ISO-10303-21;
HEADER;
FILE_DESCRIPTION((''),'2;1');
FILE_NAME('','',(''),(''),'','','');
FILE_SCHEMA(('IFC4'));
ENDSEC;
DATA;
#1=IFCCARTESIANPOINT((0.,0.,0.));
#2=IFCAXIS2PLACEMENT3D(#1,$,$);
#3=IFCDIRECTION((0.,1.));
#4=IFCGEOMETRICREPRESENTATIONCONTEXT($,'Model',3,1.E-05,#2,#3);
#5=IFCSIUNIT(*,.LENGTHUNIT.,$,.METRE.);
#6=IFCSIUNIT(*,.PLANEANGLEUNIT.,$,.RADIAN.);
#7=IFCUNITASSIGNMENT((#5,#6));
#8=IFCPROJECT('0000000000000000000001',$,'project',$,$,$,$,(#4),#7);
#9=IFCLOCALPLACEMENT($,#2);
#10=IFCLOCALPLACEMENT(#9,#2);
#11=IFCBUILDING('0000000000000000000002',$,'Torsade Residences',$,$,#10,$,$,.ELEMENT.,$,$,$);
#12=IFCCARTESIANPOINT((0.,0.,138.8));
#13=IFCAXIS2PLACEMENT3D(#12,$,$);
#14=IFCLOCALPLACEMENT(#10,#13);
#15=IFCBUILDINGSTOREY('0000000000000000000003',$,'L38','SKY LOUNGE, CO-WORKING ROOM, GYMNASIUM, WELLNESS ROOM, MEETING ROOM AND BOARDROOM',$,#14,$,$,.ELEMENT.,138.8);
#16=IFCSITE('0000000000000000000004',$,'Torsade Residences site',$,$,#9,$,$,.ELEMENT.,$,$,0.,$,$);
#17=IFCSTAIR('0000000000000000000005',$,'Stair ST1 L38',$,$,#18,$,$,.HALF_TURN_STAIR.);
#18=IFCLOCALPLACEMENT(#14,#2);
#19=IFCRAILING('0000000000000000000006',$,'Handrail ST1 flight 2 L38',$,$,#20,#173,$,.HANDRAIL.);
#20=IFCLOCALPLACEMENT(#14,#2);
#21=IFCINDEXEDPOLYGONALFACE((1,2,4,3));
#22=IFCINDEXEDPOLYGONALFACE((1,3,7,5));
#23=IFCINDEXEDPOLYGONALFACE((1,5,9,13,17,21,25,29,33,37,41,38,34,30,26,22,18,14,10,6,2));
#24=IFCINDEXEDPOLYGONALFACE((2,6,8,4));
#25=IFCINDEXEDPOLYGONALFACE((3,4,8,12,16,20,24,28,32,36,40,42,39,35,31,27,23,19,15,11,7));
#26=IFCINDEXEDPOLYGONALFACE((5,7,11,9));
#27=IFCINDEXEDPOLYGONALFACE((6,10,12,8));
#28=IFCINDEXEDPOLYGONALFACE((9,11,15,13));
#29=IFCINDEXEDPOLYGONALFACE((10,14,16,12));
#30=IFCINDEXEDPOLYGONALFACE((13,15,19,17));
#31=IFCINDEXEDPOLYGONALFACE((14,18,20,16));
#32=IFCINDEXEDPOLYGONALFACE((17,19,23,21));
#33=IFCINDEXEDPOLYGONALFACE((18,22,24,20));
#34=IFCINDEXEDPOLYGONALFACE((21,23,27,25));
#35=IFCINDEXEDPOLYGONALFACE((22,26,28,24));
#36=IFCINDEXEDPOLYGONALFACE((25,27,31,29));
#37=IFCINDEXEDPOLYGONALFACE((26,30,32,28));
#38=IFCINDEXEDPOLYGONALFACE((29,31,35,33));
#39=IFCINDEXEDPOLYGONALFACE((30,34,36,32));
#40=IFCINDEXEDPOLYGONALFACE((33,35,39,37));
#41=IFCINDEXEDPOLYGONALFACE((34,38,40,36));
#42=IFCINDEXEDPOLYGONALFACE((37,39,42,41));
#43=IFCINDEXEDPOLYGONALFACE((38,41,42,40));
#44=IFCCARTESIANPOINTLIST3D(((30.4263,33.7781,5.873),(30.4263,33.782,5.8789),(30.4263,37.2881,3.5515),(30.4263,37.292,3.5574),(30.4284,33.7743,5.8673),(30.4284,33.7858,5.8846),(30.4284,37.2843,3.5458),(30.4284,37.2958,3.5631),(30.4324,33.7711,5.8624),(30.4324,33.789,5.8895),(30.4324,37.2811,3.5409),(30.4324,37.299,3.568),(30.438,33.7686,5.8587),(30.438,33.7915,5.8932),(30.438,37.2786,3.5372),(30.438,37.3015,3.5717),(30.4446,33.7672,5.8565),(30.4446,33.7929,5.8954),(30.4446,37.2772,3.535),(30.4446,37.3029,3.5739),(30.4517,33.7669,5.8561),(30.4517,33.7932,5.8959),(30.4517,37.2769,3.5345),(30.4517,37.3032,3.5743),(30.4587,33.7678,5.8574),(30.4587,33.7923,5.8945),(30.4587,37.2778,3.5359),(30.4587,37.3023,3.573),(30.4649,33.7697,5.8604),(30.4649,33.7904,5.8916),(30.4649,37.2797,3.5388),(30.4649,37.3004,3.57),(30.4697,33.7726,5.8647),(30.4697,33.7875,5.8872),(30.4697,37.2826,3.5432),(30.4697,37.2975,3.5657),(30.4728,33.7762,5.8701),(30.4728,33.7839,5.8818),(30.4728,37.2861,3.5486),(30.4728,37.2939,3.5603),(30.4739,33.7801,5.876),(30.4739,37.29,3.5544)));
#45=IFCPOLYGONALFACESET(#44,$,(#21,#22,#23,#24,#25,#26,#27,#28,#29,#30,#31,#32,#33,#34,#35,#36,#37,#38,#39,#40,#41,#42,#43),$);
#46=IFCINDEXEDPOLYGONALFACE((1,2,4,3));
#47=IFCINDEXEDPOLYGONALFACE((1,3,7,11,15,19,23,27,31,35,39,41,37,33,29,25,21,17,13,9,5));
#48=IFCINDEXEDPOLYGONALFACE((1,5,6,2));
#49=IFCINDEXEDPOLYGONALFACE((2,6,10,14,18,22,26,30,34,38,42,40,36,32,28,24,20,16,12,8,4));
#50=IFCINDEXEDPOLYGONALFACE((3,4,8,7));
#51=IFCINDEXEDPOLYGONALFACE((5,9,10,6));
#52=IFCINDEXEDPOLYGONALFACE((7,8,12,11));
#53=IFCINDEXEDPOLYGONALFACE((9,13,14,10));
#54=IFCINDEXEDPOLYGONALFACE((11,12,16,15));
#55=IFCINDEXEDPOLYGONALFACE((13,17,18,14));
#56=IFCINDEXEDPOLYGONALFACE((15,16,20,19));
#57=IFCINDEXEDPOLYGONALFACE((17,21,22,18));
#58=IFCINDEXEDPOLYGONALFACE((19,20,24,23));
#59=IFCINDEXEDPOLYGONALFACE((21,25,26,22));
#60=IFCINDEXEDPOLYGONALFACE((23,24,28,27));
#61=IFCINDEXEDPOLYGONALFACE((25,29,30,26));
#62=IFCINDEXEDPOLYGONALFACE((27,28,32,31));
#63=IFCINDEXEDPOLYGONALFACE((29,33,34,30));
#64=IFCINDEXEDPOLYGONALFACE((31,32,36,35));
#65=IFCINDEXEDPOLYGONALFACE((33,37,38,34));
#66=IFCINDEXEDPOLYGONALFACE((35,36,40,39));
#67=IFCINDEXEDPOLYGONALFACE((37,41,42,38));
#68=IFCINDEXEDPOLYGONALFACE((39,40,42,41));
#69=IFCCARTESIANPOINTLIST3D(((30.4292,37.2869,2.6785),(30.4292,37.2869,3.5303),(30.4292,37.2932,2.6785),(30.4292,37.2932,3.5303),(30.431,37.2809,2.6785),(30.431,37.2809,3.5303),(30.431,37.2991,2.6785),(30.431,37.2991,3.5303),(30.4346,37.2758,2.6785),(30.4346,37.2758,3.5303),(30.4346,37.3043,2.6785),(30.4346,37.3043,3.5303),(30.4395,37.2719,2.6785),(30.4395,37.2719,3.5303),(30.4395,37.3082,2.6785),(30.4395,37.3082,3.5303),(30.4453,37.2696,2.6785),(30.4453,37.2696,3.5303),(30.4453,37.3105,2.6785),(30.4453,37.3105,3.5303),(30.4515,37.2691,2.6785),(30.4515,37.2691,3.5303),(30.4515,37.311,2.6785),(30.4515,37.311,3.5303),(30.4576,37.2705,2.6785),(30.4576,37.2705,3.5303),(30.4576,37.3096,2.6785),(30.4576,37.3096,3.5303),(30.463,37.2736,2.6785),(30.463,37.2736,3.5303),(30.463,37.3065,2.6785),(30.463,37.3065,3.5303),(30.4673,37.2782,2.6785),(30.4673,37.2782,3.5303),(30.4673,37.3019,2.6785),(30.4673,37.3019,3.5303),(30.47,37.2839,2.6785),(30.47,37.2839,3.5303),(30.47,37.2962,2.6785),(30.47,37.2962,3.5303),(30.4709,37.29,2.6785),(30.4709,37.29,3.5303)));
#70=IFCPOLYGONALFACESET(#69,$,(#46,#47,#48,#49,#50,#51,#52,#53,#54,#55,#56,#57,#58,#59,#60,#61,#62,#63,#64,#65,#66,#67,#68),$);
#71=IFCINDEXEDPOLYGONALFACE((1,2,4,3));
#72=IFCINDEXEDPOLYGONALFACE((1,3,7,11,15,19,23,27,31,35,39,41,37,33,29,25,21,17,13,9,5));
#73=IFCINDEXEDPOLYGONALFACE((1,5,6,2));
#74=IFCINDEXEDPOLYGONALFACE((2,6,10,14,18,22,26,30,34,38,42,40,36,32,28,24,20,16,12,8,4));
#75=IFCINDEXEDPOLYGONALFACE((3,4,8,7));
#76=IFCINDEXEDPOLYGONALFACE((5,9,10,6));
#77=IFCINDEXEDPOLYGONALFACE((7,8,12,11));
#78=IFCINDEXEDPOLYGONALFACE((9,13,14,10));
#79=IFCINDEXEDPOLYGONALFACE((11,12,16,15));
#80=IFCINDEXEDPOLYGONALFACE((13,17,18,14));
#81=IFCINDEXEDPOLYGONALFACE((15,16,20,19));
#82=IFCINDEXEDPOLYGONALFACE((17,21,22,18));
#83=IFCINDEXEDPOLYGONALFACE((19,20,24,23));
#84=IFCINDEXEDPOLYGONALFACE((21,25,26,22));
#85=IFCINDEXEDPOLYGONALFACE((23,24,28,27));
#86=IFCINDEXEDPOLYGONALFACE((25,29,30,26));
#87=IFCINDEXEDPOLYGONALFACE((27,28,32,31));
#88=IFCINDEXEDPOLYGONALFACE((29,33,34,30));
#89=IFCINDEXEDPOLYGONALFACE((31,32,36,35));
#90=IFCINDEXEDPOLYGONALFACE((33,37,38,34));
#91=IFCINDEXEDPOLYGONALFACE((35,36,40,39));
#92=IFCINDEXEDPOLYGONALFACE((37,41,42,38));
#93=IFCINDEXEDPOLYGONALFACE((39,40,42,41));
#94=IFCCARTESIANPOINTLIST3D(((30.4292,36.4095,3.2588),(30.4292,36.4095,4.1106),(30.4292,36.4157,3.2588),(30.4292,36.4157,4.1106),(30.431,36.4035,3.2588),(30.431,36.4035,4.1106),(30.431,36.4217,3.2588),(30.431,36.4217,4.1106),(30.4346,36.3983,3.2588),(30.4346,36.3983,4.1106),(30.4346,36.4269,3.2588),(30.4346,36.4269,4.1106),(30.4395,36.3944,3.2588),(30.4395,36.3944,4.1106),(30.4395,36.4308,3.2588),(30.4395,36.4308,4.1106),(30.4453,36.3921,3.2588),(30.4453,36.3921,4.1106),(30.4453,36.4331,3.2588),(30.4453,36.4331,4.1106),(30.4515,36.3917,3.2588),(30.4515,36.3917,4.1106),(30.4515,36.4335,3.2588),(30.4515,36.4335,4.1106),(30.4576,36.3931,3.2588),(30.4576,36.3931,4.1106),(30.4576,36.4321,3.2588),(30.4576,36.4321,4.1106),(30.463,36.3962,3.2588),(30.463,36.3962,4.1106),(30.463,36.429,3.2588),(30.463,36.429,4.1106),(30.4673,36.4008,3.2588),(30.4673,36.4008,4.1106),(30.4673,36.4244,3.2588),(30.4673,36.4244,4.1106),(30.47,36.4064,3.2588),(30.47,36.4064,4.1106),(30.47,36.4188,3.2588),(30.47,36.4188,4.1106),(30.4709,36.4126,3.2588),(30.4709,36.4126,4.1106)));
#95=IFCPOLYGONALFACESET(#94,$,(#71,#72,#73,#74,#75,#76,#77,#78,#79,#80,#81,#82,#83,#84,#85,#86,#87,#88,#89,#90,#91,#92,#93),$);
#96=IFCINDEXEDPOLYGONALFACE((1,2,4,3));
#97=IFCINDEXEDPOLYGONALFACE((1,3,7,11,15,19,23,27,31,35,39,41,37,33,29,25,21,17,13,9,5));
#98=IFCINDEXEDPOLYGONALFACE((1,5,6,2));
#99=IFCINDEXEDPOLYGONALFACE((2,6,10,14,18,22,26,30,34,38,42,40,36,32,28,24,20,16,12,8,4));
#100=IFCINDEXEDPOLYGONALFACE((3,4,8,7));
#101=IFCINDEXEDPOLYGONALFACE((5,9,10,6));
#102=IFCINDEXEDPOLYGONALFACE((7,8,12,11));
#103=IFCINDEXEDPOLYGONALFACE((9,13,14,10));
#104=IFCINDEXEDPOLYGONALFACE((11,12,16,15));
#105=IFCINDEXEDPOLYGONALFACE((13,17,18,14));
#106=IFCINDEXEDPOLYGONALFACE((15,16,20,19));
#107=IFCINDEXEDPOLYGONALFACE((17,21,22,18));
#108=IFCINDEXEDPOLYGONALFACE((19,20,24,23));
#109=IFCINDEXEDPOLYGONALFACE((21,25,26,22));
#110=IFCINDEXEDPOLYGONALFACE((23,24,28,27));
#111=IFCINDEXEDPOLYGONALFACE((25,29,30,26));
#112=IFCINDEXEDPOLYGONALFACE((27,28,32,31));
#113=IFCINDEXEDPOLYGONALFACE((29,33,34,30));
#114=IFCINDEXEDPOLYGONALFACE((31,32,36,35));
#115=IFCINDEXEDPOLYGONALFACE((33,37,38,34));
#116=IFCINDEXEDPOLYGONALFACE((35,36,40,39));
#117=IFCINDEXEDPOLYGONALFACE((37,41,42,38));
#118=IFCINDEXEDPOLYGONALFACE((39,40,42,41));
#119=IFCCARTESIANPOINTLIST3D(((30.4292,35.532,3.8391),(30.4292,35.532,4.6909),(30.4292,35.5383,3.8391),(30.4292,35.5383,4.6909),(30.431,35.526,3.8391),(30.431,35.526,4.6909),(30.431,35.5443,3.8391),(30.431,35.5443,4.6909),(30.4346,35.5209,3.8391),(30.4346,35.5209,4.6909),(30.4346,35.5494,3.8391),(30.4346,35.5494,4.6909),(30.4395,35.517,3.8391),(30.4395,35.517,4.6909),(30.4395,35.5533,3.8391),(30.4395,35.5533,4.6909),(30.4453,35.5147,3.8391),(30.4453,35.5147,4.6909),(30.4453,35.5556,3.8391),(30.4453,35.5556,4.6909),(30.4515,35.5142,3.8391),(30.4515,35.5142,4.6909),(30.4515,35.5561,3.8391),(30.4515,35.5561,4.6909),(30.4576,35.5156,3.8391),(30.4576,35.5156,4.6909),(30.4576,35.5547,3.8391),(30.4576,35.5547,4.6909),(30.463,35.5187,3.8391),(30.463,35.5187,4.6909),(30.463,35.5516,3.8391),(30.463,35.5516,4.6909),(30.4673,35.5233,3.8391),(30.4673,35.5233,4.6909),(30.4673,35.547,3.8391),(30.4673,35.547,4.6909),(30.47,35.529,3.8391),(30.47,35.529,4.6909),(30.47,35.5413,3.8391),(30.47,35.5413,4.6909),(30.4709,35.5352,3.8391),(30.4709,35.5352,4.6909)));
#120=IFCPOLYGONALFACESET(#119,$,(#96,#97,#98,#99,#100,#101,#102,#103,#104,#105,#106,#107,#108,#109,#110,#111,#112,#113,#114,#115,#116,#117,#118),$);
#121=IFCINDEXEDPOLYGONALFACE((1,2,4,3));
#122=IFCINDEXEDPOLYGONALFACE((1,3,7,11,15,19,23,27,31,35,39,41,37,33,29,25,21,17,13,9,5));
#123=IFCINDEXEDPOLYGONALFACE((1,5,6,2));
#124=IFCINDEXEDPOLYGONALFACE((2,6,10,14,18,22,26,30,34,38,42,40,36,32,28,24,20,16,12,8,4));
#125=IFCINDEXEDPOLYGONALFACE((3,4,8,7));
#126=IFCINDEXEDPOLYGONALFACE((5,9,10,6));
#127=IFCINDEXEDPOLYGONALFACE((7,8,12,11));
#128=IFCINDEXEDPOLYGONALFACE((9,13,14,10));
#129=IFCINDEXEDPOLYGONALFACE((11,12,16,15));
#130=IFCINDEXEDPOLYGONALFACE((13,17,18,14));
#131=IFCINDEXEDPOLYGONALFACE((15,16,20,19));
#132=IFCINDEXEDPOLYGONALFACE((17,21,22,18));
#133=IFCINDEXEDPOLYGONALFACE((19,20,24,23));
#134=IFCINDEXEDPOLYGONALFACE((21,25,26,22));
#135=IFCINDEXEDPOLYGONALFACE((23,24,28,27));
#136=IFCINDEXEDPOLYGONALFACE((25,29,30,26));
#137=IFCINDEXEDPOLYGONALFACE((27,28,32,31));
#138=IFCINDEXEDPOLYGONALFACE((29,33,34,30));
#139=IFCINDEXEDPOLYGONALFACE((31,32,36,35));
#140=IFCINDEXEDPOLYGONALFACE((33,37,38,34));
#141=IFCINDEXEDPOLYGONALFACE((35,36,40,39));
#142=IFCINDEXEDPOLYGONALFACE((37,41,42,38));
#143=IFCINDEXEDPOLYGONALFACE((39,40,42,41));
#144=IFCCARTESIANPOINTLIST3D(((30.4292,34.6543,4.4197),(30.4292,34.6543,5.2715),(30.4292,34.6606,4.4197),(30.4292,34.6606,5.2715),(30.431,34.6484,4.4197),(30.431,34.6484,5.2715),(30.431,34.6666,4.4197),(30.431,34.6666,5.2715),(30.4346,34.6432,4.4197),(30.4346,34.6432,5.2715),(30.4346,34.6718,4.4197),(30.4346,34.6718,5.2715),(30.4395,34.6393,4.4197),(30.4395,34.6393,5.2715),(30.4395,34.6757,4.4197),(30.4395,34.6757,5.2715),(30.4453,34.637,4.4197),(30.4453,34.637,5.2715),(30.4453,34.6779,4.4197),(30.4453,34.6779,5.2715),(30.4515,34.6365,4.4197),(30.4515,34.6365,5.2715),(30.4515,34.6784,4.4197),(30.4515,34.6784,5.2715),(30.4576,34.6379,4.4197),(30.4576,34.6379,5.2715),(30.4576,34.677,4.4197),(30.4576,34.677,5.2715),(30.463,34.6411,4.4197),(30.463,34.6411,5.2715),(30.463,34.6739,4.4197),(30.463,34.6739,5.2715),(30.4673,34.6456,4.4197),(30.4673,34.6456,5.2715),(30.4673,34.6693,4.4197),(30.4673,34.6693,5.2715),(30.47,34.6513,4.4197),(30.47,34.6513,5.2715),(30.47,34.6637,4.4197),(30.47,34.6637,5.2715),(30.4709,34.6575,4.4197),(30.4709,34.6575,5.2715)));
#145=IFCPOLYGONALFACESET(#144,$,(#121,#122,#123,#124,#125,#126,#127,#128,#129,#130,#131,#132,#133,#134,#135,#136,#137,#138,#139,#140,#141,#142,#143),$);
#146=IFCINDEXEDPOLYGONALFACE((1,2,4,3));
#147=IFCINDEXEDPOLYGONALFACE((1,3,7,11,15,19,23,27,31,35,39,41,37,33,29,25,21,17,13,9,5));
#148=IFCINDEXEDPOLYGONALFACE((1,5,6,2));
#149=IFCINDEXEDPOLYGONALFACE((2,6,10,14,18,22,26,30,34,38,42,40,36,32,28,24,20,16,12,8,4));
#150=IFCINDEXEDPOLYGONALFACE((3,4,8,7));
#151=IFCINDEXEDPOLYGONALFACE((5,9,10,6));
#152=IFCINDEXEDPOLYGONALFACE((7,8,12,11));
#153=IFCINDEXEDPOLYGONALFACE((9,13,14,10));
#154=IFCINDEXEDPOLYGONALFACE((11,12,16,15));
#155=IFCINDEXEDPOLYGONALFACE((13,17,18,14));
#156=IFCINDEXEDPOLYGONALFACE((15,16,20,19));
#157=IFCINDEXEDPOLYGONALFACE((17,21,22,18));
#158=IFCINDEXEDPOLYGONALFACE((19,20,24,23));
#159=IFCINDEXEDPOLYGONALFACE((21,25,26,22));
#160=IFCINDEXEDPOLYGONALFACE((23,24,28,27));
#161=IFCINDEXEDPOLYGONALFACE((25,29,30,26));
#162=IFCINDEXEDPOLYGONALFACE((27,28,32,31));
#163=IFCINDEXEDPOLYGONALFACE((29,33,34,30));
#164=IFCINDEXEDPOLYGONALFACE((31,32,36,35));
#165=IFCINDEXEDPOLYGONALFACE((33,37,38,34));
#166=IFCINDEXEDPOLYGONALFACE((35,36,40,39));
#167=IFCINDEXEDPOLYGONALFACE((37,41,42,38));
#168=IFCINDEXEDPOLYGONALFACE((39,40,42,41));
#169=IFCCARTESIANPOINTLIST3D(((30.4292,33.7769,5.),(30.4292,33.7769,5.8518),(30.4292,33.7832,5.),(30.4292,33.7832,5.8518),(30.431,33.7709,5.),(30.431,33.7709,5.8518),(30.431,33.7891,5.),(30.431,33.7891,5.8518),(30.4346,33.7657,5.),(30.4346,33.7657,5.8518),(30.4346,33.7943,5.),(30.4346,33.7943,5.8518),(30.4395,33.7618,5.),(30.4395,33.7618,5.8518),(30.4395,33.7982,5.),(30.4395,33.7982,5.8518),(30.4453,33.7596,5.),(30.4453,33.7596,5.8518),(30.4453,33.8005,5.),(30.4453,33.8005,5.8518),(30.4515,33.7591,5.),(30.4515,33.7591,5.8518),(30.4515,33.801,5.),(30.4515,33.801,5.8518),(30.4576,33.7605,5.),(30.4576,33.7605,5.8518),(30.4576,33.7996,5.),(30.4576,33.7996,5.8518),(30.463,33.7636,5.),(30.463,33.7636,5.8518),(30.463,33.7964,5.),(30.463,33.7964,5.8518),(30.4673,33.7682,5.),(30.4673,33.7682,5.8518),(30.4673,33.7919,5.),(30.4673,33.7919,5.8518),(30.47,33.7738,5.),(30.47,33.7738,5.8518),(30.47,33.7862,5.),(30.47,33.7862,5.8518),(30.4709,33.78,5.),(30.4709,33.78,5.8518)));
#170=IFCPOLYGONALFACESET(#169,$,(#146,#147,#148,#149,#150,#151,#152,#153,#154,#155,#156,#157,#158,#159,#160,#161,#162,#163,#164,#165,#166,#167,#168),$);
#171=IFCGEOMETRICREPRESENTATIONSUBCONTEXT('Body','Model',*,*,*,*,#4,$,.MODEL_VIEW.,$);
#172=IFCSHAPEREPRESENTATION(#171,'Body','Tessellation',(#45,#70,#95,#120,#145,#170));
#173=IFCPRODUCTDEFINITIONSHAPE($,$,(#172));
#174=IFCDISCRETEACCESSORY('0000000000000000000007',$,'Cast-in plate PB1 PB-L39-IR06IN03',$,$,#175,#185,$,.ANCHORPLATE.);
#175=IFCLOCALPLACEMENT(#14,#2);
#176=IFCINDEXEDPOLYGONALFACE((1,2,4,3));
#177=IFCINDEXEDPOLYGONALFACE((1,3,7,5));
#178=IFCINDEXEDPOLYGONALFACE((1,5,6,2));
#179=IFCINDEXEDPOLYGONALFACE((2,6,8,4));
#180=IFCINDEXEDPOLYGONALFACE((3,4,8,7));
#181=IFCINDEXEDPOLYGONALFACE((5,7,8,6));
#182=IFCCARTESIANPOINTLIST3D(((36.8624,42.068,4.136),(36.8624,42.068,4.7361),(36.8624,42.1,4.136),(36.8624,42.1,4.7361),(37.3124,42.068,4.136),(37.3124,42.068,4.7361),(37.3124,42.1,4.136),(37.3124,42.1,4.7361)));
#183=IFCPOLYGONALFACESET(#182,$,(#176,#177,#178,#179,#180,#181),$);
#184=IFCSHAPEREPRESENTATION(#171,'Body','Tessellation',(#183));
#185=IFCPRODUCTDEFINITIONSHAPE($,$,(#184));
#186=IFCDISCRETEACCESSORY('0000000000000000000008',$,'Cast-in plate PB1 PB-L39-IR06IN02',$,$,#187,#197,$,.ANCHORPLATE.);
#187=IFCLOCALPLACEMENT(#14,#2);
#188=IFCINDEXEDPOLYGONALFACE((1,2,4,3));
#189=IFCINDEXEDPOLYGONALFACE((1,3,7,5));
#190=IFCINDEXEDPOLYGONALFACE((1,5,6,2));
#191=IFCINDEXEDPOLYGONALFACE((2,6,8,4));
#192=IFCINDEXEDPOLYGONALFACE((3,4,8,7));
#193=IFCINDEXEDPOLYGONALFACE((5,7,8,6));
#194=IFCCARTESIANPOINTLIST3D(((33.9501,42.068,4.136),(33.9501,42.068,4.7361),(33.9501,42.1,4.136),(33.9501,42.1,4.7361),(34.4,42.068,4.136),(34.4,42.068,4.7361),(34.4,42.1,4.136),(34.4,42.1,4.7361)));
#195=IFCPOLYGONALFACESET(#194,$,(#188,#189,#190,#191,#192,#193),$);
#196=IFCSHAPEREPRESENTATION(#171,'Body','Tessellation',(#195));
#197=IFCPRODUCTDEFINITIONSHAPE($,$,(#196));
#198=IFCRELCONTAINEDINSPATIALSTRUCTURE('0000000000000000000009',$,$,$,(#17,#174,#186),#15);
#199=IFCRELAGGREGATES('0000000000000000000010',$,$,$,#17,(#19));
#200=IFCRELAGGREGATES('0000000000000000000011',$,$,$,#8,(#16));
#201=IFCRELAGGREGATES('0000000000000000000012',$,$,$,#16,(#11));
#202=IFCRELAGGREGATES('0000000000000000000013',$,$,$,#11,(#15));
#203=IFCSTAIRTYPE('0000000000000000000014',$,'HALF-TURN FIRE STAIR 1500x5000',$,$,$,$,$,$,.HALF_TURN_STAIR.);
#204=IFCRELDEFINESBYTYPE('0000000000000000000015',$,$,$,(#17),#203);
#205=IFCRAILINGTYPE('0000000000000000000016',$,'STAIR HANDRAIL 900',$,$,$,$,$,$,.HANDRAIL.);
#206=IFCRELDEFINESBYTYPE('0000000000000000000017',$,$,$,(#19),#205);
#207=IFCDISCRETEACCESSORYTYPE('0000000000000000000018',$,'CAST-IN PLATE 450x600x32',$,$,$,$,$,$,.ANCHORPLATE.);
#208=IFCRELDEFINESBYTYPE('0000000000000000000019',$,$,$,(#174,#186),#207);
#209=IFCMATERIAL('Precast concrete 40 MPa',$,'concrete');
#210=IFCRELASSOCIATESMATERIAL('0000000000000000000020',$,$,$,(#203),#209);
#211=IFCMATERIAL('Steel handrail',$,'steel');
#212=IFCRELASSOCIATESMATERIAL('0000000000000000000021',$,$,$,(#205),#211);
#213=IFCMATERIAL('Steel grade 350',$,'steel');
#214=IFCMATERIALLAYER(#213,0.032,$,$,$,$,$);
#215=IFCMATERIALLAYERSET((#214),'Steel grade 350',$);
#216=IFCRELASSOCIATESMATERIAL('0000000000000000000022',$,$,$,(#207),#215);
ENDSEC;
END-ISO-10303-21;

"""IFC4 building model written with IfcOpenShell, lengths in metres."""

from ifc_helpers import new_model, si_unit, direction, frame, origin, origin_2d, place, context, subcontext, project, spatial, rectangle, circle, extrude, material, layer, layer_set, type_object, element, aggregate, save


model = new_model("IFC4")

# Units and contexts
model_context = context("Model", 3, precision=1e-05, world=origin(), true_north=direction((0.0, 1.0)))
body_context = subcontext(model_context, "Body", "Model", "MODEL_VIEW")
ifc_project = project(units=[si_unit("LENGTHUNIT", "METRE"), si_unit("PLANEANGLEUNIT", "RADIAN")], contexts=[model_context])

# Site, building, storey
site_placement = place(None, origin())
site = spatial("IfcSite", under=ifc_project, at=site_placement, Name="Torsade Residences site", CompositionType="ELEMENT", RefElevation=0.0)
building_placement = place(site_placement, origin())
building = spatial("IfcBuilding", under=site, at=building_placement, Name="Torsade Residences", CompositionType="ELEMENT")
storey_placement = place(building_placement, frame((0.0, 0.0, 138.8)))
storey = spatial("IfcBuildingStorey", under=building, at=storey_placement, Name="L38", Description="SKY LOUNGE, CO-WORKING ROOM, GYMNASIUM, WELLNESS ROOM, MEETING ROOM AND BOARDROOM", CompositionType="ELEMENT", Elevation=138.8)

# Stair, railing
ifc_material_1 = material(Name="Precast concrete 40 MPa", Category="concrete")
stair_type = type_object("IfcStairType", Name="HALF-TURN FIRE STAIR 1500x5000", PredefinedType="HALF_TURN_STAIR", material=ifc_material_1)
stair_placement = place(storey_placement, origin())
stair = element("IfcStair", 1, at=stair_placement, inside=storey, type_object=stair_type, Name="Stair ST1 L38", PredefinedType="HALF_TURN_STAIR")
ifc_material_2 = material(Name="Steel handrail", Category="steel")
railing_type = type_object("IfcRailingType", Name="STAIR HANDRAIL 900", PredefinedType="HANDRAIL", material=ifc_material_2)
railing_placement = place(storey_placement, frame((30.45, 37.29, 2.6785)))
railing = element("IfcRailing", 2, at=railing_placement, type_object=railing_type, Name="Handrail ST1 flight 2 L38", PredefinedType="HANDRAIL", context=body_context, shape_type="SweptSolid", body=[
    extrude(circle(Radius=0.0239, at=origin_2d()), frame((0.0, 0.0, 0.876), z_axis=(0.0, -0.834071, 0.551657), x_axis=(1.0, 0.0, 0.0)), (0.0, 0.0, 1.0), 4.2083),
    extrude(circle(Radius=0.021, at=origin_2d()), origin(), (0.0, 0.0, 1.0), 0.8518),
    extrude(circle(Radius=0.021, at=origin_2d()), frame((0.0, -0.8774, 0.5803)), (0.0, 0.0, 1.0), 0.8518),
    extrude(circle(Radius=0.021, at=origin_2d()), frame((0.0, -1.7549, 1.1606)), (0.0, 0.0, 1.0), 0.8518),
    extrude(circle(Radius=0.021, at=origin_2d()), frame((0.0, -2.6326, 1.7412)), (0.0, 0.0, 1.0), 0.8518),
    extrude(circle(Radius=0.021, at=origin_2d()), frame((0.0, -3.51, 2.3215)), (0.0, 0.0, 1.0), 0.8518),
])
aggregate(stair, [railing])

# Discrete accessories
ifc_material_3 = material(Name="Steel grade 350", Category="steel")
ifc_layer_1 = layer(ifc_material_3, 0.032)
ifc_layer_set_1 = layer_set([ifc_layer_1], Name="Steel grade 350")
discrete_accessory_type = type_object("IfcDiscreteAccessoryType", Name="CAST-IN PLATE 450x600x32", PredefinedType="ANCHORPLATE", material=ifc_layer_set_1)
for number, where, z_axis, x_axis, name in (
    (3, (37.0874, 42.084, 4.136), (0.0, 0.0, 1.0), (1.0, 0.0, 0.0), "Cast-in plate PB1 PB-L39-IR06IN03"),
    (4, (34.175, 42.084, 4.136), (0.0, 0.0, 1.0), (1.0, 0.0, 0.0), "Cast-in plate PB1 PB-L39-IR06IN02"),
):
    element("IfcDiscreteAccessory", number, at=place(storey_placement, frame(where, z_axis=z_axis, x_axis=x_axis)), inside=storey, type_object=discrete_accessory_type, Name=name, PredefinedType="ANCHORPLATE", context=body_context, shape_type="SweptSolid", body=[
        extrude(rectangle(XDim=0.45, YDim=0.032, at=origin_2d()), origin(), (0.0, 0.0, 1.0), 0.6001),
    ])

save(model, "model.ifc")
